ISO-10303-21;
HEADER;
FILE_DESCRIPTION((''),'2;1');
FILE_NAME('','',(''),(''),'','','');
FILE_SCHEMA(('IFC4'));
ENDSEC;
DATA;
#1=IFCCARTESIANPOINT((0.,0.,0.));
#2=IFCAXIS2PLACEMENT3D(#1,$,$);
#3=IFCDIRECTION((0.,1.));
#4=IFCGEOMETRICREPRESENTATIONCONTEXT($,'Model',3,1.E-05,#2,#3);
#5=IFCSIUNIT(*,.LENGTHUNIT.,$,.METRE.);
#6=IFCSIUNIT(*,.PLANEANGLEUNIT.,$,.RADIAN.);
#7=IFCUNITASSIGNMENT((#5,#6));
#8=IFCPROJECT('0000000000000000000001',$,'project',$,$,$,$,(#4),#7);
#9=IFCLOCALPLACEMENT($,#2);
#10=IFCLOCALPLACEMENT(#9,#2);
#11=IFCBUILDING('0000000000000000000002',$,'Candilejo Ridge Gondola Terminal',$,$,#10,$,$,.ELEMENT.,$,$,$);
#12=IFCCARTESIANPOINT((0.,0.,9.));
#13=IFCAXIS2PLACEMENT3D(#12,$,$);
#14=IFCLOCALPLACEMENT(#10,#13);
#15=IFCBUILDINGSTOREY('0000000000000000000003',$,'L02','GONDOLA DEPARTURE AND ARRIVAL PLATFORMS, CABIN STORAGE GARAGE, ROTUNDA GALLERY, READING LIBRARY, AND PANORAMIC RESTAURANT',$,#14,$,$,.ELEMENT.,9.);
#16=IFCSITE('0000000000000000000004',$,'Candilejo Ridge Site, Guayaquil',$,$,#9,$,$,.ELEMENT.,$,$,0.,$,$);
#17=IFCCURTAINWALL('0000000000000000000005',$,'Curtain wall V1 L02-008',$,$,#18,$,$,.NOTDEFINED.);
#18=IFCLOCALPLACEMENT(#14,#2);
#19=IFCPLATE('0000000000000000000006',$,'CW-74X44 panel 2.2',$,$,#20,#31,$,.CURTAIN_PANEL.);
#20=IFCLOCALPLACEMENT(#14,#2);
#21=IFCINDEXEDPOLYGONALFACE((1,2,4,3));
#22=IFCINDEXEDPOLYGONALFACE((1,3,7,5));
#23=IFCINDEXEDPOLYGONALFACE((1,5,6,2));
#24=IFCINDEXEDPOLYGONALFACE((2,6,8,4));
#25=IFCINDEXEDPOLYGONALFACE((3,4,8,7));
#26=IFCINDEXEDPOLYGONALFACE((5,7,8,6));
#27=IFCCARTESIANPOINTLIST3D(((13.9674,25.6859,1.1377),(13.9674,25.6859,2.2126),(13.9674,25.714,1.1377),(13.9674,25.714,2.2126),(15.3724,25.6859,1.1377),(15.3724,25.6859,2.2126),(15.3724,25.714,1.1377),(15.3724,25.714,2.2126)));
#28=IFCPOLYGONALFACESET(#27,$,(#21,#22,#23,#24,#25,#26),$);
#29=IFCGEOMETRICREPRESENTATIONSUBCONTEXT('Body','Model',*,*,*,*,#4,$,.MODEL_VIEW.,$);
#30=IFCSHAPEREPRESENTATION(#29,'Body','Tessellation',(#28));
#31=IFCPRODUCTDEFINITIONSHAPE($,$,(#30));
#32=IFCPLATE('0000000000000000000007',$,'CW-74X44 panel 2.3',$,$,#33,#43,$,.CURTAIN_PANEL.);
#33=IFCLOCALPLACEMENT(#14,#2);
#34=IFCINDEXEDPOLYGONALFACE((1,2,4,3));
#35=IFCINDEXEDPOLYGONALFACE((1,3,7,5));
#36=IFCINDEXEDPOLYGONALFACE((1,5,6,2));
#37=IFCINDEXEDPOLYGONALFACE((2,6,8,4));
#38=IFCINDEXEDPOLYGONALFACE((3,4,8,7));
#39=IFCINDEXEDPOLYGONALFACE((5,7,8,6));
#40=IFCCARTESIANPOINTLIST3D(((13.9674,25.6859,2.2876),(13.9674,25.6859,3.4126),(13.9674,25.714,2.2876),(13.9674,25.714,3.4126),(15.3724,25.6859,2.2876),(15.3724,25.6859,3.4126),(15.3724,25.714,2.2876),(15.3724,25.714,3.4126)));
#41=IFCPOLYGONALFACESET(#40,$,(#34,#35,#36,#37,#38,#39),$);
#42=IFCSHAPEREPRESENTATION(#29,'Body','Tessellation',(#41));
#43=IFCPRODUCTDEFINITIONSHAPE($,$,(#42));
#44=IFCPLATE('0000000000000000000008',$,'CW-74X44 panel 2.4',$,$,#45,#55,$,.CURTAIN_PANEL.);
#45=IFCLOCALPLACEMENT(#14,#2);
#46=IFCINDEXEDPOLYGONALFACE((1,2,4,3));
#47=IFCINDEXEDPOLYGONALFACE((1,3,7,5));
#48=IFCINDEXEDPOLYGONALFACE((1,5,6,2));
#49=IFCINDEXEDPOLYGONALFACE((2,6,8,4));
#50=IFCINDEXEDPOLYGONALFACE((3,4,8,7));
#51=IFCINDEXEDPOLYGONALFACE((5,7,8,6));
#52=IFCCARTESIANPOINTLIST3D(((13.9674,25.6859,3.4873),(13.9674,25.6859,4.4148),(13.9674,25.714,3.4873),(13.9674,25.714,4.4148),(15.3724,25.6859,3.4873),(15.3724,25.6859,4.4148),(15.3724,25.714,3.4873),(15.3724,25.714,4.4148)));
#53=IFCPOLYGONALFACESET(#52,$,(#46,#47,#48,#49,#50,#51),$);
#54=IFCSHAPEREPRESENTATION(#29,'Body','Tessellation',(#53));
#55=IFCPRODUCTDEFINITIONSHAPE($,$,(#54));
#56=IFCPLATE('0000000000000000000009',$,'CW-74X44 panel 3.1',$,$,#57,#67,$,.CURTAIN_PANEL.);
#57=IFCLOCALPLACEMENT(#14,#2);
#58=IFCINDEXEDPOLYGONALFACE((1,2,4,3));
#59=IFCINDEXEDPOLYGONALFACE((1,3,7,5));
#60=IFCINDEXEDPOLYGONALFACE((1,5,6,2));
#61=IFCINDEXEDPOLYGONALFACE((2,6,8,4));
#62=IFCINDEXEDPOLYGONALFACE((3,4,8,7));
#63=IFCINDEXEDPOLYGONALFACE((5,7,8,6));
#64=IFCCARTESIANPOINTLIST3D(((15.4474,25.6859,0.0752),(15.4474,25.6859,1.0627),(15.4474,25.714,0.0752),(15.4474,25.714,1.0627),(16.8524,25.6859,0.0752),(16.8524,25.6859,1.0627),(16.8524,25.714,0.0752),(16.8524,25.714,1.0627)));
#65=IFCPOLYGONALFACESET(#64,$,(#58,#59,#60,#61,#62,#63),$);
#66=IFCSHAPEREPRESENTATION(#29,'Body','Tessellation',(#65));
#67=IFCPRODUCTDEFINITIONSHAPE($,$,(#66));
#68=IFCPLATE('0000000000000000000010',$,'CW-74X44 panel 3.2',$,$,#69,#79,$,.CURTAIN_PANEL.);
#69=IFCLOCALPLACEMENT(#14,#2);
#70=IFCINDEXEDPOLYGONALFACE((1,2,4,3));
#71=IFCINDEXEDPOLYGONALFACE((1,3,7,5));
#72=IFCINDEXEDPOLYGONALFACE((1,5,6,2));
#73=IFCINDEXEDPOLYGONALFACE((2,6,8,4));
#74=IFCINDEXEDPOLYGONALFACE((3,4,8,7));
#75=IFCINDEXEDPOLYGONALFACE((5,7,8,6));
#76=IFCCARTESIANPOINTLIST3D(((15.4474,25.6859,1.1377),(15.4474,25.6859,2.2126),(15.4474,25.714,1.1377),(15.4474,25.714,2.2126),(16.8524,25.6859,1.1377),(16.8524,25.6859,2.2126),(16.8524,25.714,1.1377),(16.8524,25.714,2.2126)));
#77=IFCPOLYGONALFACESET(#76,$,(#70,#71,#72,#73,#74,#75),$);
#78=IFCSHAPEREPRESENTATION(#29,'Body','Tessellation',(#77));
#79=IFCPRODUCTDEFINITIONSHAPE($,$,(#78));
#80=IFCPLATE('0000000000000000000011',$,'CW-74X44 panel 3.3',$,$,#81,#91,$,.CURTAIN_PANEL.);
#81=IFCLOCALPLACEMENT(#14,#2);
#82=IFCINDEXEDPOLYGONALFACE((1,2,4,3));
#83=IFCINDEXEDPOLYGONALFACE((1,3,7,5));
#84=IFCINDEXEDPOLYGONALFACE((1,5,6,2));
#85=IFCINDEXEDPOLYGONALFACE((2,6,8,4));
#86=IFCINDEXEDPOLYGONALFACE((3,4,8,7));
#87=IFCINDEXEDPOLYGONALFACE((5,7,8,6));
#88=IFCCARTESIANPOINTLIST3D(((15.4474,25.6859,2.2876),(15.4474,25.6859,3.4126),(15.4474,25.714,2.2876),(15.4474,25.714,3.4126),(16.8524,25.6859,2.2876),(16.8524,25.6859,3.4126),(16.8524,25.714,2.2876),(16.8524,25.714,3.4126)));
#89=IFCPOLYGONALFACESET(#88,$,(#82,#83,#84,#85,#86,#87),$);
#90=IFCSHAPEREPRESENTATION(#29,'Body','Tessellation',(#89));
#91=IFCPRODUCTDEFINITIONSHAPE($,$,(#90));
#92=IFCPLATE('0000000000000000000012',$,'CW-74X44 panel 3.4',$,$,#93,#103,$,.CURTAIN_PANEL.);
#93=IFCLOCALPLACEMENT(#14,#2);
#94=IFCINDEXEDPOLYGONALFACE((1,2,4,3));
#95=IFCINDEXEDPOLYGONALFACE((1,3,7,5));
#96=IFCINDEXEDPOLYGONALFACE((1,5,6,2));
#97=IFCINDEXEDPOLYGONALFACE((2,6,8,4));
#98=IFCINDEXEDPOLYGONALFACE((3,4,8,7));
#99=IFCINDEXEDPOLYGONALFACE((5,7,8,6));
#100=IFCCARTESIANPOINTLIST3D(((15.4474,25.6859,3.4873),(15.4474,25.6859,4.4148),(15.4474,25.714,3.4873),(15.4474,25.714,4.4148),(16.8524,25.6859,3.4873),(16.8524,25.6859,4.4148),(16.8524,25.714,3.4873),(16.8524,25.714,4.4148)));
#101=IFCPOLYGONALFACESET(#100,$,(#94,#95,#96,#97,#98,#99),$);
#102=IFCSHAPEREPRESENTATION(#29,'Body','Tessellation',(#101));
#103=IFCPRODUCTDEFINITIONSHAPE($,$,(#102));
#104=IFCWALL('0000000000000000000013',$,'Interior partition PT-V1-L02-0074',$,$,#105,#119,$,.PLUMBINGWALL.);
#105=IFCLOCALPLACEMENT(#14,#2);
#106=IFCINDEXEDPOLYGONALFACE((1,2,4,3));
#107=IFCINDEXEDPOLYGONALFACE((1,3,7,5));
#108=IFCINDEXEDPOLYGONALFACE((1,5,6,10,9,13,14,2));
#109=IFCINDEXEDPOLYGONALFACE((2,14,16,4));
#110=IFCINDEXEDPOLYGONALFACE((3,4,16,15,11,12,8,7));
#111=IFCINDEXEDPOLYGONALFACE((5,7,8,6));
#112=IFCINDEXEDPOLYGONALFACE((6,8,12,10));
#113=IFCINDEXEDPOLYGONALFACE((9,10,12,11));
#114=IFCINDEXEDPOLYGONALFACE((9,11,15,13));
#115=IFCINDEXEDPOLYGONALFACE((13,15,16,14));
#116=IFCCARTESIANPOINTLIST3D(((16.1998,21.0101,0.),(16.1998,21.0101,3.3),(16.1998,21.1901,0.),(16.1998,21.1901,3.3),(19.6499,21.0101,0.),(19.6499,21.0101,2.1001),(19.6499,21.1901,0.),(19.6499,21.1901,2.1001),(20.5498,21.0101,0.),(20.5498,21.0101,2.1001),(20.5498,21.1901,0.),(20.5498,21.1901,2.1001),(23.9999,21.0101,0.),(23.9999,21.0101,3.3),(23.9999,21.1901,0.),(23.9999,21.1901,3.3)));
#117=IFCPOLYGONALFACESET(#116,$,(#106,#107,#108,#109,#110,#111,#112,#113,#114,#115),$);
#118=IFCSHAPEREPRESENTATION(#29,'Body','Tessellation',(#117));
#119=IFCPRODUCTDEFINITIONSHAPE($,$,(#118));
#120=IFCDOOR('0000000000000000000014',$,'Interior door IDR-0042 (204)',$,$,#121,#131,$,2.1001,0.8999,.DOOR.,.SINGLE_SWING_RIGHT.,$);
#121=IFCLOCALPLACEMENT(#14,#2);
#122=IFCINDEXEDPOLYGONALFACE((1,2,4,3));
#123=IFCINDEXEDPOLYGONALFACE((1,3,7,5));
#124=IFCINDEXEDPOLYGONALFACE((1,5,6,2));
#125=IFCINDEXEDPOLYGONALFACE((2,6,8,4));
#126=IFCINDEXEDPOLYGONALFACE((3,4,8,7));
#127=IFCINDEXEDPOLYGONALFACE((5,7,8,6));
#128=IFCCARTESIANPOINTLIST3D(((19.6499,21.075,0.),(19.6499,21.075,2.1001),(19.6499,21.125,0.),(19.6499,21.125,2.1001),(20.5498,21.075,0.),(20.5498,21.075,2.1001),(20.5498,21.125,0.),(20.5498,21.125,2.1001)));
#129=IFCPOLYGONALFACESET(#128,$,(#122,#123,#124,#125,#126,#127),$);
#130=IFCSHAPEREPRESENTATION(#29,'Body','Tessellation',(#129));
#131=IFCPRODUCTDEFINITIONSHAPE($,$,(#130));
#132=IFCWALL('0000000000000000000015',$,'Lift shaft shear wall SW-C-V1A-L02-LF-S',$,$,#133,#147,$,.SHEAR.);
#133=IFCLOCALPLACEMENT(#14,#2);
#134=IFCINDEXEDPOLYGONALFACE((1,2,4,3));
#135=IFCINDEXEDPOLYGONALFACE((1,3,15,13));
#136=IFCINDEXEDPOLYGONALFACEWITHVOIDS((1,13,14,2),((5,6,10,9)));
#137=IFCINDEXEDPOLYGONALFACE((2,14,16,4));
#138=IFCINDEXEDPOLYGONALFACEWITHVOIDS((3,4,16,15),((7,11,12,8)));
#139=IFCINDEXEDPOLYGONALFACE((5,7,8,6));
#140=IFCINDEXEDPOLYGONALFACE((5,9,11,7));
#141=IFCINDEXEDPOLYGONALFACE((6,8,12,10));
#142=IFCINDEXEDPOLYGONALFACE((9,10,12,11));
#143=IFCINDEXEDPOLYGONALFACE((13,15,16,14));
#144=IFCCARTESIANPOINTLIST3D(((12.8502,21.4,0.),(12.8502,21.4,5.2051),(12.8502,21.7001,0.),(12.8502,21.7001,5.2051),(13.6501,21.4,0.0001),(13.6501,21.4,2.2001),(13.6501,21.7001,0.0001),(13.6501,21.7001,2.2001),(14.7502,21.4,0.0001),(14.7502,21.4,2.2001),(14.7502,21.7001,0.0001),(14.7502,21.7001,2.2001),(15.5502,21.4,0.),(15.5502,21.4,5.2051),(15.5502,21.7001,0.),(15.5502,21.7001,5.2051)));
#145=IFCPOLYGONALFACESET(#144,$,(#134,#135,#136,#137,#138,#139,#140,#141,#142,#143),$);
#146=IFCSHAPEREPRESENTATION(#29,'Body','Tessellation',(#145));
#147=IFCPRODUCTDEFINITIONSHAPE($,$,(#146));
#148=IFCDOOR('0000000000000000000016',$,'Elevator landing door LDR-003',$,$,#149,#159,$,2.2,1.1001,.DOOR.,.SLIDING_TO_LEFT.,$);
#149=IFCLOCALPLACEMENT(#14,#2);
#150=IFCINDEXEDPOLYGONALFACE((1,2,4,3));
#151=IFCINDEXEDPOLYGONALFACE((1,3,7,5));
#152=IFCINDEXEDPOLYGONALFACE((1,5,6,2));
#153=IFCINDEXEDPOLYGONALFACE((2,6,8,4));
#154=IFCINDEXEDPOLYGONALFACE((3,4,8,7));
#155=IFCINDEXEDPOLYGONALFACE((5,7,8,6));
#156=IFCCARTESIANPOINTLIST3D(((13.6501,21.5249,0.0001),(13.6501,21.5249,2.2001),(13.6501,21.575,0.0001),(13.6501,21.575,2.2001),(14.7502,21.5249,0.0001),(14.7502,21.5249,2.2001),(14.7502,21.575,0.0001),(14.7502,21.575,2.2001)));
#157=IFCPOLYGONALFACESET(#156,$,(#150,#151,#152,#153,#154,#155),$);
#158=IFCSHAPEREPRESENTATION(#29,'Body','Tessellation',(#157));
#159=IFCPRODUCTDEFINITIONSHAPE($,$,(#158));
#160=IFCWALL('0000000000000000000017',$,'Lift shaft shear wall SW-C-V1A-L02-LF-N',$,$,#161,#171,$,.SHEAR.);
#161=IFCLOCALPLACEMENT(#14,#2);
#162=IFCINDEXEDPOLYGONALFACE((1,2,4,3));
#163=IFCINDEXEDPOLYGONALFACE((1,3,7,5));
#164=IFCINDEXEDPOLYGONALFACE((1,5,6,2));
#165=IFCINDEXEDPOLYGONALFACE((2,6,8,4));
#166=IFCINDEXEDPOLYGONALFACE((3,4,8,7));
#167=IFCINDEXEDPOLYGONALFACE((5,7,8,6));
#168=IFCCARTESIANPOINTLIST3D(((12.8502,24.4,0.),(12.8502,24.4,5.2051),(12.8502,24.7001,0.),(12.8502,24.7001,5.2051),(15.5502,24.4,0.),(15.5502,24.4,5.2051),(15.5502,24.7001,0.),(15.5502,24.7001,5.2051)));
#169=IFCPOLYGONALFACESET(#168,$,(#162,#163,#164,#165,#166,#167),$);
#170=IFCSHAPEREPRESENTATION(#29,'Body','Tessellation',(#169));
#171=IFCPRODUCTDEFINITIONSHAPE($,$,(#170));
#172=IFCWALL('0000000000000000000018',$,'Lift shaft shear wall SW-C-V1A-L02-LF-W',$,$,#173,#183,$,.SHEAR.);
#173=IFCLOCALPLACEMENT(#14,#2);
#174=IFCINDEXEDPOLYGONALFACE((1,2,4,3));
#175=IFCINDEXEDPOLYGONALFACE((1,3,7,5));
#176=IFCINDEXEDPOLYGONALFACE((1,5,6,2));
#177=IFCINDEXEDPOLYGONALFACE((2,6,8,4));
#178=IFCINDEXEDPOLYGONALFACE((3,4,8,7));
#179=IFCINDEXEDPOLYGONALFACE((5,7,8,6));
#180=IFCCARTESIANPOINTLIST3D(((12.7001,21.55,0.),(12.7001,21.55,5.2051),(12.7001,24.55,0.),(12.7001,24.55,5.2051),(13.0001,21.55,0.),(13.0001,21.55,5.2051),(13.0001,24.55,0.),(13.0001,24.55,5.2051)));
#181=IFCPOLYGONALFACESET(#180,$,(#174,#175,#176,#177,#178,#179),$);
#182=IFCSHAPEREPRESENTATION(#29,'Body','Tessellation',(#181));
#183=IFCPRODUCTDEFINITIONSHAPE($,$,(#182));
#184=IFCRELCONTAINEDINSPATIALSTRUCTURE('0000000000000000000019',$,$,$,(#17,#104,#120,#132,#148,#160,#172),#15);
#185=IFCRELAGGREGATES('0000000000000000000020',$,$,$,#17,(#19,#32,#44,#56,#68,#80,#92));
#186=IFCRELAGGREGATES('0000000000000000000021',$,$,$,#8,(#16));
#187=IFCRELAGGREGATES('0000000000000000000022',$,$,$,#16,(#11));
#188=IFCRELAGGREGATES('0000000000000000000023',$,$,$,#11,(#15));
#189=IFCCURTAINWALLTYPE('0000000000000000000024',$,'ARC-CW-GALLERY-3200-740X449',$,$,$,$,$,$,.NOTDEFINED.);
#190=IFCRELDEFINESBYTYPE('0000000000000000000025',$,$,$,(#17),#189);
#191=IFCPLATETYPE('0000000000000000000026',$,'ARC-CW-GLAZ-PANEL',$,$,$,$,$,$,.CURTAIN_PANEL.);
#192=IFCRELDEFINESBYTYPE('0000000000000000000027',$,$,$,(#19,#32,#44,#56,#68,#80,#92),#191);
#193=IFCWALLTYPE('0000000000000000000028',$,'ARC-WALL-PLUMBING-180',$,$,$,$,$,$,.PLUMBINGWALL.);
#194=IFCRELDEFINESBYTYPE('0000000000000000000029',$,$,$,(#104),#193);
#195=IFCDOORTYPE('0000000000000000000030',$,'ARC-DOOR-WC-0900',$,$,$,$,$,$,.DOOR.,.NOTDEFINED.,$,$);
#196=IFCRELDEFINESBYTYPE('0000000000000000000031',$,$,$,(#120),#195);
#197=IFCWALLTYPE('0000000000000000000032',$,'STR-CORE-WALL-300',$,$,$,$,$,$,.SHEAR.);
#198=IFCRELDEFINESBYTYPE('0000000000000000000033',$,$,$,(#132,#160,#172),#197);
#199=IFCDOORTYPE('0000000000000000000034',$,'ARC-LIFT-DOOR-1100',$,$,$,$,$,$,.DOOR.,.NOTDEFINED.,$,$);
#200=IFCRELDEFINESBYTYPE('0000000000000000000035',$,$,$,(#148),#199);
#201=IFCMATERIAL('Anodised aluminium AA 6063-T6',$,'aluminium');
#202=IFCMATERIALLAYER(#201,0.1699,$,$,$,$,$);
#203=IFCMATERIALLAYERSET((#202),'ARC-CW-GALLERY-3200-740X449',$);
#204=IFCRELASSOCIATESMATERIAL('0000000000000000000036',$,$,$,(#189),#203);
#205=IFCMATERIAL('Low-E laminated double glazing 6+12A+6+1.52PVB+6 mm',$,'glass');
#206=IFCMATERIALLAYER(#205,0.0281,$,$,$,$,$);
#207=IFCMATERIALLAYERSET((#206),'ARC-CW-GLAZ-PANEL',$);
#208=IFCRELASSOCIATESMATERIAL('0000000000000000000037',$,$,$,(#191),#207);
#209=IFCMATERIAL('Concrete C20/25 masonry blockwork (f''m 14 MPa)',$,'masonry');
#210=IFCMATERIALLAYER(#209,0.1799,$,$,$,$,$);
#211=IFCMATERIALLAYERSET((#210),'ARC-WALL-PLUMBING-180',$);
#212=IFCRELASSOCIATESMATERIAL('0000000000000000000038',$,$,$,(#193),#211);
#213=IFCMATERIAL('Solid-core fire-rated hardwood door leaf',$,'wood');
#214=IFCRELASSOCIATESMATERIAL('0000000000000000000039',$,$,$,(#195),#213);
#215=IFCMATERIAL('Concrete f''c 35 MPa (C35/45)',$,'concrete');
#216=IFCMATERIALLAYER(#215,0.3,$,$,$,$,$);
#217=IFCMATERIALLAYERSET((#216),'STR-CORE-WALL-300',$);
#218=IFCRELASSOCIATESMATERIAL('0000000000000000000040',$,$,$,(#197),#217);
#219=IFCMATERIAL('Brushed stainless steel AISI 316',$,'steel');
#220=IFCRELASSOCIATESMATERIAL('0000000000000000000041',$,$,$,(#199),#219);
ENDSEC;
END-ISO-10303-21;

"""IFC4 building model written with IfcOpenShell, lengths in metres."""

from ifc_helpers import new_model, si_unit, direction, frame, frame_2d, origin, origin_2d, place, context, subcontext, project, spatial, rectangle, extrude, material, layer, layer_set, type_object, element, fill, aggregate, save


model = new_model("IFC4")

# Units and contexts
model_context = context("Model", 3, precision=1e-05, world=origin(), true_north=direction((0.0, 1.0)))
body_context = subcontext(model_context, "Body", "Model", "MODEL_VIEW")
ifc_project = project(units=[si_unit("LENGTHUNIT", "METRE"), si_unit("PLANEANGLEUNIT", "RADIAN")], contexts=[model_context])

# Site, building, storey
site_placement = place(None, origin())
site = spatial("IfcSite", under=ifc_project, at=site_placement, Name="Candilejo Ridge Site, Guayaquil", CompositionType="ELEMENT", RefElevation=0.0)
building_placement = place(site_placement, origin())
building = spatial("IfcBuilding", under=site, at=building_placement, Name="Candilejo Ridge Gondola Terminal", CompositionType="ELEMENT")
storey_placement = place(building_placement, frame((0.0, 0.0, 9.0)))
storey = spatial("IfcBuildingStorey", under=building, at=storey_placement, Name="L02", Description="GONDOLA DEPARTURE AND ARRIVAL PLATFORMS, CABIN STORAGE GARAGE, ROTUNDA GALLERY, READING LIBRARY, AND PANORAMIC RESTAURANT", CompositionType="ELEMENT", Elevation=9.0)

# Curtain wall, plates
ifc_material_1 = material(Name="Anodised aluminium AA 6063-T6", Category="aluminium")
ifc_layer_1 = layer(ifc_material_1, 0.1699)
ifc_layer_set_1 = layer_set([ifc_layer_1], Name="ARC-CW-GALLERY-3200-740X449")
curtain_wall_type = type_object("IfcCurtainWallType", Name="ARC-CW-GALLERY-3200-740X449", PredefinedType="NOTDEFINED", material=ifc_layer_set_1)
curtain_wall_placement = place(storey_placement, origin())
curtain_wall = element("IfcCurtainWall", 1, at=curtain_wall_placement, inside=storey, type_object=curtain_wall_type, Name="Curtain wall V1 L02-008", PredefinedType="NOTDEFINED")
ifc_material_2 = material(Name="Low-E laminated double glazing 6+12A+6+1.52PVB+6 mm", Category="glass")
ifc_layer_2 = layer(ifc_material_2, 0.0281)
ifc_layer_set_2 = layer_set([ifc_layer_2], Name="ARC-CW-GLAZ-PANEL")
plate_type = type_object("IfcPlateType", Name="ARC-CW-GLAZ-PANEL", PredefinedType="CURTAIN_PANEL", material=ifc_layer_set_2)
plate_1_placement = place(storey_placement, frame((14.6699, 25.7, 1.1377), z_axis=(0.0, 0.0, 1.0), x_axis=(1.0, 0.0, 0.0)))
plate_1 = element("IfcPlate", 2, at=plate_1_placement, type_object=plate_type, Name="CW-74X44 panel 2.2", PredefinedType="CURTAIN_PANEL", context=body_context, shape_type="SweptSolid", body=[
    extrude(rectangle(XDim=1.405, YDim=0.0281, at=origin_2d()), origin(), (0.0, 0.0, 1.0), 1.075),
])
plate_2_placement = place(storey_placement, frame((14.6699, 25.7, 2.2876), z_axis=(0.0, 0.0, 1.0), x_axis=(1.0, 0.0, 0.0)))
plate_2 = element("IfcPlate", 3, at=plate_2_placement, type_object=plate_type, Name="CW-74X44 panel 2.3", PredefinedType="CURTAIN_PANEL", context=body_context, shape_type="SweptSolid", body=[
    extrude(rectangle(XDim=1.405, YDim=0.0281, at=origin_2d()), origin(), (0.0, 0.0, 1.0), 1.125),
])
plate_3_placement = place(storey_placement, frame((14.6699, 25.7, 3.4873), z_axis=(0.0, 0.0, 1.0), x_axis=(1.0, 0.0, 0.0)))
plate_3 = element("IfcPlate", 4, at=plate_3_placement, type_object=plate_type, Name="CW-74X44 panel 2.4", PredefinedType="CURTAIN_PANEL", context=body_context, shape_type="SweptSolid", body=[
    extrude(rectangle(XDim=1.405, YDim=0.0281, at=origin_2d()), origin(), (0.0, 0.0, 1.0), 0.9275),
])
plate_4_placement = place(storey_placement, frame((16.1499, 25.7, 0.0752), z_axis=(0.0, 0.0, 1.0), x_axis=(1.0, 0.0, 0.0)))
plate_4 = element("IfcPlate", 5, at=plate_4_placement, type_object=plate_type, Name="CW-74X44 panel 3.1", PredefinedType="CURTAIN_PANEL", context=body_context, shape_type="SweptSolid", body=[
    extrude(rectangle(XDim=1.405, YDim=0.0281, at=origin_2d()), origin(), (0.0, 0.0, 1.0), 0.9875),
])
plate_5_placement = place(storey_placement, frame((16.1499, 25.7, 1.1377), z_axis=(0.0, 0.0, 1.0), x_axis=(1.0, 0.0, 0.0)))
plate_5 = element("IfcPlate", 6, at=plate_5_placement, type_object=plate_type, Name="CW-74X44 panel 3.2", PredefinedType="CURTAIN_PANEL", context=body_context, shape_type="SweptSolid", body=[
    extrude(rectangle(XDim=1.405, YDim=0.0281, at=origin_2d()), origin(), (0.0, 0.0, 1.0), 1.075),
])
plate_6_placement = place(storey_placement, frame((16.1499, 25.7, 2.2876), z_axis=(0.0, 0.0, 1.0), x_axis=(1.0, 0.0, 0.0)))
plate_6 = element("IfcPlate", 7, at=plate_6_placement, type_object=plate_type, Name="CW-74X44 panel 3.3", PredefinedType="CURTAIN_PANEL", context=body_context, shape_type="SweptSolid", body=[
    extrude(rectangle(XDim=1.405, YDim=0.0281, at=origin_2d()), origin(), (0.0, 0.0, 1.0), 1.125),
])
plate_7_placement = place(storey_placement, frame((16.1499, 25.7, 3.4873), z_axis=(0.0, 0.0, 1.0), x_axis=(1.0, 0.0, 0.0)))
plate_7 = element("IfcPlate", 8, at=plate_7_placement, type_object=plate_type, Name="CW-74X44 panel 3.4", PredefinedType="CURTAIN_PANEL", context=body_context, shape_type="SweptSolid", body=[
    extrude(rectangle(XDim=1.405, YDim=0.0281, at=origin_2d()), origin(), (0.0, 0.0, 1.0), 0.9275),
])
aggregate(curtain_wall, [plate_1, plate_2, plate_3, plate_4, plate_5, plate_6, plate_7])

# Walls, openings, doors
ifc_material_3 = material(Name="Concrete C20/25 masonry blockwork (f'm 14 MPa)", Category="masonry")
ifc_layer_3 = layer(ifc_material_3, 0.1799)
ifc_layer_set_3 = layer_set([ifc_layer_3], Name="ARC-WALL-PLUMBING-180")
wall_type_1 = type_object("IfcWallType", Name="ARC-WALL-PLUMBING-180", PredefinedType="PLUMBINGWALL", material=ifc_layer_set_3)
wall_1_placement = place(storey_placement, frame((16.2, 21.1001, 0.0), z_axis=(0.0, 0.0, 1.0), x_axis=(1.0, 0.0, 0.0)))
wall_1 = element("IfcWall", 9, at=wall_1_placement, inside=storey, type_object=wall_type_1, Name="Interior partition PT-V1-L02-0074", PredefinedType="PLUMBINGWALL", context=body_context, shape_type="SweptSolid", body=[
    extrude(rectangle(XDim=7.8, YDim=0.1799, at=frame_2d((3.8999, 0.0))), origin(), (0.0, 0.0, 1.0), 3.3),
])
opening_1_placement = place(wall_1_placement, frame((3.45, 0.0, 0.0)))
opening_1 = element("IfcOpeningElement", 10, at=opening_1_placement, cuts=wall_1, PredefinedType="OPENING", context=body_context, shape_type="SweptSolid", body=[
    extrude(rectangle(XDim=0.8999, YDim=2.1001, at=frame_2d((0.45, 1.05))), frame((0.0, 0.0999, 0.0), z_axis=(0.0, -1.0, 0.0), x_axis=(1.0, 0.0, 0.0)), (0.0, 0.0, 1.0), 0.2),
])
ifc_material_4 = material(Name="Solid-core fire-rated hardwood door leaf", Category="wood")
door_type_1 = type_object("IfcDoorType", Name="ARC-DOOR-WC-0900", OperationType="NOTDEFINED", PredefinedType="DOOR", material=ifc_material_4)
door_1_placement = place(opening_1_placement, origin())
door_1 = element("IfcDoor", 11, at=door_1_placement, inside=storey, type_object=door_type_1, Name="Interior door IDR-0042 (204)", OperationType="SINGLE_SWING_RIGHT", OverallHeight=2.1001, OverallWidth=0.8999, PredefinedType="DOOR", context=body_context, shape_type="SweptSolid", body=[
    extrude(rectangle(XDim=0.8999, YDim=2.1001, at=frame_2d((0.45, 1.05))), frame((0.0, 0.0249, 0.0), z_axis=(0.0, -1.0, 0.0), x_axis=(1.0, 0.0, 0.0)), (0.0, 0.0, 1.0), 0.05),
])
fill(opening_1, door_1)
ifc_material_5 = material(Name="Concrete f'c 35 MPa (C35/45)", Category="concrete")
ifc_layer_4 = layer(ifc_material_5, 0.3)
ifc_layer_set_4 = layer_set([ifc_layer_4], Name="STR-CORE-WALL-300")
wall_type_2 = type_object("IfcWallType", Name="STR-CORE-WALL-300", PredefinedType="SHEAR", material=ifc_layer_set_4)
wall_2_placement = place(storey_placement, frame((12.8501, 21.55, 0.0), z_axis=(0.0, 0.0, 1.0), x_axis=(1.0, 0.0, 0.0)))
wall_2 = element("IfcWall", 12, at=wall_2_placement, inside=storey, type_object=wall_type_2, Name="Lift shaft shear wall SW-C-V1A-L02-LF-S", PredefinedType="SHEAR", context=body_context, shape_type="SweptSolid", body=[
    extrude(rectangle(XDim=2.7, YDim=0.3, at=frame_2d((1.3501, 0.0))), origin(), (0.0, 0.0, 1.0), 5.2051),
])
opening_2_placement = place(wall_2_placement, frame((0.8, 0.0, 0.0)))
opening_2 = element("IfcOpeningElement", 13, at=opening_2_placement, cuts=wall_2, PredefinedType="OPENING", context=body_context, shape_type="SweptSolid", body=[
    extrude(rectangle(XDim=1.1001, YDim=2.2, at=frame_2d((0.55, 1.1001))), frame((0.0, 0.1599, 0.0), z_axis=(0.0, -1.0, 0.0), x_axis=(1.0, 0.0, 0.0)), (0.0, 0.0, 1.0), 0.3201),
])
ifc_material_6 = material(Name="Brushed stainless steel AISI 316", Category="steel")
door_type_2 = type_object("IfcDoorType", Name="ARC-LIFT-DOOR-1100", OperationType="NOTDEFINED", PredefinedType="DOOR", material=ifc_material_6)
door_2_placement = place(opening_2_placement, origin())
door_2 = element("IfcDoor", 14, at=door_2_placement, inside=storey, type_object=door_type_2, Name="Elevator landing door LDR-003", OperationType="SLIDING_TO_LEFT", OverallHeight=2.2, OverallWidth=1.1001, PredefinedType="DOOR", context=body_context, shape_type="SweptSolid", body=[
    extrude(rectangle(XDim=1.1001, YDim=2.2, at=frame_2d((0.55, 1.1001))), frame((0.0, 0.0249, 0.0), z_axis=(0.0, -1.0, 0.0), x_axis=(1.0, 0.0, 0.0)), (0.0, 0.0, 1.0), 0.05),
])
fill(opening_2, door_2)

# Walls
wall_3_placement = place(storey_placement, frame((12.8501, 24.55, 0.0), z_axis=(0.0, 0.0, 1.0), x_axis=(1.0, 0.0, 0.0)))
element("IfcWall", 15, at=wall_3_placement, inside=storey, type_object=wall_type_2, Name="Lift shaft shear wall SW-C-V1A-L02-LF-N", PredefinedType="SHEAR", context=body_context, shape_type="SweptSolid", body=[
    extrude(rectangle(XDim=2.7, YDim=0.3, at=frame_2d((1.3501, 0.0))), origin(), (0.0, 0.0, 1.0), 5.2051),
])
for number, where, z_axis, x_axis, name in (
    (16, (12.8501, 21.55, 0.0), (0.0, 0.0, 1.0), (0.0, 1.0, 0.0), "Lift shaft shear wall SW-C-V1A-L02-LF-W"),
):
    element("IfcWall", number, at=place(storey_placement, frame(where, z_axis=z_axis, x_axis=x_axis)), inside=storey, type_object=wall_type_2, Name=name, PredefinedType="SHEAR", context=body_context, shape_type="SweptSolid", body=[
        extrude(rectangle(XDim=3.0, YDim=0.3, at=frame_2d((1.5, 0.0))), origin(), (0.0, 0.0, 1.0), 5.2051),
    ])

save(model, "model.ifc")
